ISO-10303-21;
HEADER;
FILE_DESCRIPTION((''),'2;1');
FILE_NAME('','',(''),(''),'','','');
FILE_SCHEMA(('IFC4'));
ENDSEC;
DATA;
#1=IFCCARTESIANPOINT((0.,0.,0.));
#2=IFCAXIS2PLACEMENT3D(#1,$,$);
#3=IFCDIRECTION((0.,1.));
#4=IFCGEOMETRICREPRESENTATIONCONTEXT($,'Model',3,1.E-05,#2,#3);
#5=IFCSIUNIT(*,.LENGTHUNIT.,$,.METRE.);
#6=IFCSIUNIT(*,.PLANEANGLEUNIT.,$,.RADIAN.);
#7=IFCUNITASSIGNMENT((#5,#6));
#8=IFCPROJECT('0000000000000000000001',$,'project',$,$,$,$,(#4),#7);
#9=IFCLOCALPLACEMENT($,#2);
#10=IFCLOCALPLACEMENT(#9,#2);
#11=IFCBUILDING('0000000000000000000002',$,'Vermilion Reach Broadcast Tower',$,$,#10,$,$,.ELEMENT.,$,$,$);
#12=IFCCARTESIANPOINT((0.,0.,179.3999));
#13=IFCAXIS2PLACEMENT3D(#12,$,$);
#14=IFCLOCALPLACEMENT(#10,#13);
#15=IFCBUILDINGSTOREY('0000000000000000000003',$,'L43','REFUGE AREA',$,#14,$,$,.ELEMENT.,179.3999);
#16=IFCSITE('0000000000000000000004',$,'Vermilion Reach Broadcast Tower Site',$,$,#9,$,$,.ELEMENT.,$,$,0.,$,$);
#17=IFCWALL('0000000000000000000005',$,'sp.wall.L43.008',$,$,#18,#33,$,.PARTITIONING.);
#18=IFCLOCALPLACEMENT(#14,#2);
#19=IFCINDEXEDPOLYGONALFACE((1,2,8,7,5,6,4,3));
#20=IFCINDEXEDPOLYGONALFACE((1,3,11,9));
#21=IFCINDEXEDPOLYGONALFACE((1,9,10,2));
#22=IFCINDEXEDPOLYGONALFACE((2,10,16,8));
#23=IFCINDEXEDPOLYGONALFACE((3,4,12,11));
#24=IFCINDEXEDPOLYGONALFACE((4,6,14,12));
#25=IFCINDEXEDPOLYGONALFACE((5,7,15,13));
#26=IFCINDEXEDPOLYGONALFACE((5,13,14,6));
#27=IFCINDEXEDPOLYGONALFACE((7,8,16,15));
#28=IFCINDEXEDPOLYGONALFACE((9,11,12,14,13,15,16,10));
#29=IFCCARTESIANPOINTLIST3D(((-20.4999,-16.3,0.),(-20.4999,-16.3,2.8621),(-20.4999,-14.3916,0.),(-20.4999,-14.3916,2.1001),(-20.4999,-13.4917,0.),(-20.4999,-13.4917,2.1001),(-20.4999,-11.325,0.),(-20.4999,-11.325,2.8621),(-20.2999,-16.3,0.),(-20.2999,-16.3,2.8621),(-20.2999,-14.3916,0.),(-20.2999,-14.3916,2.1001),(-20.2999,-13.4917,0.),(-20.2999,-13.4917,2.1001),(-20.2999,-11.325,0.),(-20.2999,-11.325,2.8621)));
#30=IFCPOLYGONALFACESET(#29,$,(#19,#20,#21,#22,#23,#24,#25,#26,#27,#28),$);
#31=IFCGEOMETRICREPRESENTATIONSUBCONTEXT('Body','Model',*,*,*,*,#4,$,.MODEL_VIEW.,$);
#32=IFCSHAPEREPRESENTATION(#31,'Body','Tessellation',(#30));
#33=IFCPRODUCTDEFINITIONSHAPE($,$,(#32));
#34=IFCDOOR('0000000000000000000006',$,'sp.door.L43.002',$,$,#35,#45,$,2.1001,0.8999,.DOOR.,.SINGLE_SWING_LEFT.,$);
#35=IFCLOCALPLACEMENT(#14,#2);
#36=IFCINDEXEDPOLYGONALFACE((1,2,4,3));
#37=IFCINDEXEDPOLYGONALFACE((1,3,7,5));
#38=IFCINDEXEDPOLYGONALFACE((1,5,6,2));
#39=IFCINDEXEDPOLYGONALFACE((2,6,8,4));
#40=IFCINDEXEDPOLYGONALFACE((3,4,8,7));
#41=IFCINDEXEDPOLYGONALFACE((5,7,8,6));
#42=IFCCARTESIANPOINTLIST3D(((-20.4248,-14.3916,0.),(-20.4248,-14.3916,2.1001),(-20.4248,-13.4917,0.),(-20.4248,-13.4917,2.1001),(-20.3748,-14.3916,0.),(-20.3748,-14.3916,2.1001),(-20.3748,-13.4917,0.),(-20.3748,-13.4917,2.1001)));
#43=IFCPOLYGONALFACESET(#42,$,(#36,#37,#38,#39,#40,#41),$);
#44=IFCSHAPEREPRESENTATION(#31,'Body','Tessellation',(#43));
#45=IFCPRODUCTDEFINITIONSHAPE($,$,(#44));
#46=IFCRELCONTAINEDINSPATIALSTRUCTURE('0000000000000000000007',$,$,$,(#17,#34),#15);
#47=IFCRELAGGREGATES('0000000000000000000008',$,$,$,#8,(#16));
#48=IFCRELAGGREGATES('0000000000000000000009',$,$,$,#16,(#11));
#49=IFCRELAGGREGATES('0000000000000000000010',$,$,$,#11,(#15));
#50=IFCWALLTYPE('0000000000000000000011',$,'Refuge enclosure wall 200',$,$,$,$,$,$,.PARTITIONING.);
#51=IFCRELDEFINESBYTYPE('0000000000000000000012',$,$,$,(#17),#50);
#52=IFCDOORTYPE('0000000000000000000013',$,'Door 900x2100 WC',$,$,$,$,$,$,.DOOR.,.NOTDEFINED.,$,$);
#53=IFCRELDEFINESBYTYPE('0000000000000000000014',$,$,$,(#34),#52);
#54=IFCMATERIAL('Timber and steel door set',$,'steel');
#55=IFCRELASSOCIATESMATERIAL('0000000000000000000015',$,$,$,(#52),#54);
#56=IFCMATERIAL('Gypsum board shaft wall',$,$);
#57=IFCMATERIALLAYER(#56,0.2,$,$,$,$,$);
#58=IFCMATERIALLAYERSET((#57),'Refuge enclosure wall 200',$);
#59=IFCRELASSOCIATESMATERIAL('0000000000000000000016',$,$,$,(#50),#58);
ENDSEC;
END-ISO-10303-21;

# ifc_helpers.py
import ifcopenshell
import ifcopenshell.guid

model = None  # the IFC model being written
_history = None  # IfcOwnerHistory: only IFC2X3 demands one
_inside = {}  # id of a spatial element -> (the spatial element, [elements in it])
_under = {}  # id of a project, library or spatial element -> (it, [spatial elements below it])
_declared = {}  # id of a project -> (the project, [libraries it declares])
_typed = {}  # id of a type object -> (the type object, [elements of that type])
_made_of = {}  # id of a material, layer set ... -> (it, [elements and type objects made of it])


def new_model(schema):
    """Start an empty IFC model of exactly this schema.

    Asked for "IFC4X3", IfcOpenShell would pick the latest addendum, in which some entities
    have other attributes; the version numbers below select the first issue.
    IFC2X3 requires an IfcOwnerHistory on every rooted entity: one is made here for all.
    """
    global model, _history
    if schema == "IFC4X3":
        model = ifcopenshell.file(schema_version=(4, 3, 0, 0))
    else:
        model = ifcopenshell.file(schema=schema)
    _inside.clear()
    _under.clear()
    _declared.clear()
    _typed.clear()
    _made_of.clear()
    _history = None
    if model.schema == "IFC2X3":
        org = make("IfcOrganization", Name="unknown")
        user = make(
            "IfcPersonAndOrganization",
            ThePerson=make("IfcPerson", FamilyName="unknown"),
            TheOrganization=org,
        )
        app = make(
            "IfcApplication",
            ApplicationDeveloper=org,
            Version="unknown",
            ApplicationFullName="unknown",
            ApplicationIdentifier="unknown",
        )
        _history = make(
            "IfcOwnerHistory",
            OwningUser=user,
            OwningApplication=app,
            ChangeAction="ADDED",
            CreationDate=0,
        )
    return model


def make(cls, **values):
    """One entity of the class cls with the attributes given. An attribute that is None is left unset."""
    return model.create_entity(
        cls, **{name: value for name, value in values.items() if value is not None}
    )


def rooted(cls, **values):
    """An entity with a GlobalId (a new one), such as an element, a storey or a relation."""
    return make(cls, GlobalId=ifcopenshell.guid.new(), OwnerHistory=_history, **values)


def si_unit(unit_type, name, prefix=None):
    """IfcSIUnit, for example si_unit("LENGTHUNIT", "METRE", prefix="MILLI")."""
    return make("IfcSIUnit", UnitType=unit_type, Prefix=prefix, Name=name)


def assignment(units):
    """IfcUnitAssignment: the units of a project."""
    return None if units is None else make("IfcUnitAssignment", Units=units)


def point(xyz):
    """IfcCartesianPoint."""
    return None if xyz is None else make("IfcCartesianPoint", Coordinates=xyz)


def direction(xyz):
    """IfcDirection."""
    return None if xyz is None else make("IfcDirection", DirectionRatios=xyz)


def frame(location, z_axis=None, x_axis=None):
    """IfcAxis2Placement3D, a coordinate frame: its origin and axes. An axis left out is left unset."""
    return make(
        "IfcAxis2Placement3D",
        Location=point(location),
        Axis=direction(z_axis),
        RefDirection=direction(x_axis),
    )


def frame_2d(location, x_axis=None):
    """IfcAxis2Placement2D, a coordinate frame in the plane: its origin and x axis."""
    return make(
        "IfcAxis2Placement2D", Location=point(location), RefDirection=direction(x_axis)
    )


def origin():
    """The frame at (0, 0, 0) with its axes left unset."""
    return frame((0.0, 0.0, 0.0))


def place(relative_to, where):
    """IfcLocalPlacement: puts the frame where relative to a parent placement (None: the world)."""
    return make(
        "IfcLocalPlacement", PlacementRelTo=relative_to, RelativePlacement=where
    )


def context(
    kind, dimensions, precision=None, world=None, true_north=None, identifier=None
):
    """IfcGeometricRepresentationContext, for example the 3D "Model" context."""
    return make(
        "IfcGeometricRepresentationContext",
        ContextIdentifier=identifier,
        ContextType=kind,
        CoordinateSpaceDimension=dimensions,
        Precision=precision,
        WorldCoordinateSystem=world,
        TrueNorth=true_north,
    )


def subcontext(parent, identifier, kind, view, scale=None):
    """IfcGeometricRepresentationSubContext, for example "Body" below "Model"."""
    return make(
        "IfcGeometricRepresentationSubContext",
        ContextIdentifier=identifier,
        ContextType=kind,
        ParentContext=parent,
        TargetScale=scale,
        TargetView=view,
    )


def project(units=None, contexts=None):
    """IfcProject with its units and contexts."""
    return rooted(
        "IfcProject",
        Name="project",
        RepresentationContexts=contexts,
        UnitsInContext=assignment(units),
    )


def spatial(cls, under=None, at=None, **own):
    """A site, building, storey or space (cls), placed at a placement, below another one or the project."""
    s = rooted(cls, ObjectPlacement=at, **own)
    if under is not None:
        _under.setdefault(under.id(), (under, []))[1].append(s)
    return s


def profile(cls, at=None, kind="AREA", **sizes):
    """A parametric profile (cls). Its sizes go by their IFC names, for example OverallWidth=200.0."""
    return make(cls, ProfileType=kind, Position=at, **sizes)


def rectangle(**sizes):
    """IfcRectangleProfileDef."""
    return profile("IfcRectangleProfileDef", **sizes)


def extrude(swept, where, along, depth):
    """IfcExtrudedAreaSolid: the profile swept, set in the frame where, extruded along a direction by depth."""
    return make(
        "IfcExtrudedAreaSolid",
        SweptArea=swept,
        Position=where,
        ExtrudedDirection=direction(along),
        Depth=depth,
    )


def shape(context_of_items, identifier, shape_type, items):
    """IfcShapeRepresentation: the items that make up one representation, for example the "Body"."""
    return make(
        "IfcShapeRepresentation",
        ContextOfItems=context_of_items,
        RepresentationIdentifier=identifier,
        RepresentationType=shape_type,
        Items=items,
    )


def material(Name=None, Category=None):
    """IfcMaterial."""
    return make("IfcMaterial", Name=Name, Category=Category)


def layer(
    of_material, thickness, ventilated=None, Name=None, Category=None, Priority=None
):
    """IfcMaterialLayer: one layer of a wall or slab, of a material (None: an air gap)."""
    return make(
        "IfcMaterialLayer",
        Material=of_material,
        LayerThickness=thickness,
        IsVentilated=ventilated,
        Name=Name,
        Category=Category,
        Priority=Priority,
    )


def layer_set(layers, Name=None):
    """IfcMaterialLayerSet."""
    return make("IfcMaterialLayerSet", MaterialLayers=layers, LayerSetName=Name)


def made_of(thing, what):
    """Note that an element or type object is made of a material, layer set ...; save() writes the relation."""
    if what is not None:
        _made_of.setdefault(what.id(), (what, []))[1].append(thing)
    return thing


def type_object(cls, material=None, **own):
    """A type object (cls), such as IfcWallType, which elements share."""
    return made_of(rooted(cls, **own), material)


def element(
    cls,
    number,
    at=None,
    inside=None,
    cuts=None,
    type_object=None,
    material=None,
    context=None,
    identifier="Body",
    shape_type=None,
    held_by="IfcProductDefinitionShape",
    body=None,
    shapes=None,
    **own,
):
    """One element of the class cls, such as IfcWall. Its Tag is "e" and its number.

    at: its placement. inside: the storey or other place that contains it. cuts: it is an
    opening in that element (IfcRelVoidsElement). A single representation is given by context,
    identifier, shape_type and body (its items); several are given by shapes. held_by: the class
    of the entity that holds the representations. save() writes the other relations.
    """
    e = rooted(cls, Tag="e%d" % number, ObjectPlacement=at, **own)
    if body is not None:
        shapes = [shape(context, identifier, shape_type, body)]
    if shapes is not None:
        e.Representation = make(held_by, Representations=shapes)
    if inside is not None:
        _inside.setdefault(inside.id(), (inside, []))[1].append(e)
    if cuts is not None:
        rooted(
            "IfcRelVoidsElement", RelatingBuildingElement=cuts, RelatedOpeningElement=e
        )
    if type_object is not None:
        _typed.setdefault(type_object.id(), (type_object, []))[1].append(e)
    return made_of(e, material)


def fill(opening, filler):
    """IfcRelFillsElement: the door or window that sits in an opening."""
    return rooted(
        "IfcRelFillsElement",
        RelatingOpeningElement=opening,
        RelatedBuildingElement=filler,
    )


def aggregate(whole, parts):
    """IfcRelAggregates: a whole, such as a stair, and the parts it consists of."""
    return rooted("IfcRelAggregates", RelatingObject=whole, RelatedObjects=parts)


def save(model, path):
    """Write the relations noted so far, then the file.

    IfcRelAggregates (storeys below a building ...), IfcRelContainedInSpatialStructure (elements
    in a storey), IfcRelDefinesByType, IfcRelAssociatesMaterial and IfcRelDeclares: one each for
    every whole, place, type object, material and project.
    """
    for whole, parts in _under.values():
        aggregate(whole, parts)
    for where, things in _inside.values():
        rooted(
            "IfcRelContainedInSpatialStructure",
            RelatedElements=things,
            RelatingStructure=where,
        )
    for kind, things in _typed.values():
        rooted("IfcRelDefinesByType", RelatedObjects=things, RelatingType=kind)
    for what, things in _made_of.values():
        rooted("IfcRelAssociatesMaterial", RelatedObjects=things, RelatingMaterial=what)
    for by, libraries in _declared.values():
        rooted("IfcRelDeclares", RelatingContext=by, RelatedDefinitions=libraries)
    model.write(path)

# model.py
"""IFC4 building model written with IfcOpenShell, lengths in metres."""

from ifc_helpers import new_model, si_unit, direction, frame, frame_2d, origin, place, context, subcontext, project, spatial, rectangle, extrude, material, layer, layer_set, type_object, element, fill, save


model = new_model("IFC4")

# Units and contexts
model_context = context("Model", 3, precision=1e-05, world=origin(), true_north=direction((0.0, 1.0)))
body_context = subcontext(model_context, "Body", "Model", "MODEL_VIEW")
ifc_project = project(units=[si_unit("LENGTHUNIT", "METRE"), si_unit("PLANEANGLEUNIT", "RADIAN")], contexts=[model_context])

# Site, building, storey
site_placement = place(None, origin())
site = spatial("IfcSite", under=ifc_project, at=site_placement, Name="Vermilion Reach Broadcast Tower Site", CompositionType="ELEMENT", RefElevation=0.0)
building_placement = place(site_placement, origin())
building = spatial("IfcBuilding", under=site, at=building_placement, Name="Vermilion Reach Broadcast Tower", CompositionType="ELEMENT")
storey_placement = place(building_placement, frame((0.0, 0.0, 179.3999)))
storey = spatial("IfcBuildingStorey", under=building, at=storey_placement, Name="L43", Description="REFUGE AREA", CompositionType="ELEMENT", Elevation=179.3999)

# Shared definitions
ifc_material_1 = material(Name="Timber and steel door set", Category="steel")
door_type_1 = type_object("IfcDoorType", Name="Door 900x2100 WC", OperationType="NOTDEFINED", PredefinedType="DOOR", material=ifc_material_1)

# Shared definitions
ifc_material_2 = material(Name="Gypsum board shaft wall")
ifc_layer_1 = layer(ifc_material_2, 0.2)
ifc_layer_set_1 = layer_set([ifc_layer_1], Name="Refuge enclosure wall 200")
wall_type_1 = type_object("IfcWallType", Name="Refuge enclosure wall 200", PredefinedType="PARTITIONING", material=ifc_layer_set_1)

# Wall, opening, door
wall_1_placement = place(storey_placement, frame((-20.3999, -16.3, 0.0), z_axis=(0.0, 0.0, 1.0), x_axis=(0.0, 1.0, 0.0)))
wall_1 = element("IfcWall", 1, at=wall_1_placement, inside=storey, type_object=wall_type_1, Name="sp.wall.L43.008", PredefinedType="PARTITIONING", context=body_context, shape_type="SweptSolid", body=[
    extrude(rectangle(XDim=4.9751, YDim=0.2, at=frame_2d((2.4875, 0.0))), origin(), (0.0, 0.0, 1.0), 2.8621),
])
opening_1_placement = place(wall_1_placement, frame((1.9084, 0.0, 0.0)))
opening_1 = element("IfcOpeningElement", 2, at=opening_1_placement, cuts=wall_1, PredefinedType="OPENING", context=body_context, shape_type="SweptSolid", body=[
    extrude(rectangle(XDim=0.8999, YDim=2.1001, at=frame_2d((0.45, 1.05))), frame((0.0, 0.1099, 0.0), z_axis=(0.0, -1.0, 0.0), x_axis=(1.0, 0.0, 0.0)), (0.0, 0.0, 1.0), 0.22),
])
door_1_placement = place(opening_1_placement, origin())
door_1 = element("IfcDoor", 3, at=door_1_placement, inside=storey, type_object=door_type_1, Name="sp.door.L43.002", OperationType="SINGLE_SWING_LEFT", OverallHeight=2.1001, OverallWidth=0.8999, PredefinedType="DOOR", context=body_context, shape_type="SweptSolid", body=[
    extrude(rectangle(XDim=0.8999, YDim=2.1001, at=frame_2d((0.45, 1.05))), frame((0.0, 0.0249, 0.0), z_axis=(0.0, -1.0, 0.0), x_axis=(1.0, 0.0, 0.0)), (0.0, 0.0, 1.0), 0.05),
])
fill(opening_1, door_1)

save(model, "model.ifc")
